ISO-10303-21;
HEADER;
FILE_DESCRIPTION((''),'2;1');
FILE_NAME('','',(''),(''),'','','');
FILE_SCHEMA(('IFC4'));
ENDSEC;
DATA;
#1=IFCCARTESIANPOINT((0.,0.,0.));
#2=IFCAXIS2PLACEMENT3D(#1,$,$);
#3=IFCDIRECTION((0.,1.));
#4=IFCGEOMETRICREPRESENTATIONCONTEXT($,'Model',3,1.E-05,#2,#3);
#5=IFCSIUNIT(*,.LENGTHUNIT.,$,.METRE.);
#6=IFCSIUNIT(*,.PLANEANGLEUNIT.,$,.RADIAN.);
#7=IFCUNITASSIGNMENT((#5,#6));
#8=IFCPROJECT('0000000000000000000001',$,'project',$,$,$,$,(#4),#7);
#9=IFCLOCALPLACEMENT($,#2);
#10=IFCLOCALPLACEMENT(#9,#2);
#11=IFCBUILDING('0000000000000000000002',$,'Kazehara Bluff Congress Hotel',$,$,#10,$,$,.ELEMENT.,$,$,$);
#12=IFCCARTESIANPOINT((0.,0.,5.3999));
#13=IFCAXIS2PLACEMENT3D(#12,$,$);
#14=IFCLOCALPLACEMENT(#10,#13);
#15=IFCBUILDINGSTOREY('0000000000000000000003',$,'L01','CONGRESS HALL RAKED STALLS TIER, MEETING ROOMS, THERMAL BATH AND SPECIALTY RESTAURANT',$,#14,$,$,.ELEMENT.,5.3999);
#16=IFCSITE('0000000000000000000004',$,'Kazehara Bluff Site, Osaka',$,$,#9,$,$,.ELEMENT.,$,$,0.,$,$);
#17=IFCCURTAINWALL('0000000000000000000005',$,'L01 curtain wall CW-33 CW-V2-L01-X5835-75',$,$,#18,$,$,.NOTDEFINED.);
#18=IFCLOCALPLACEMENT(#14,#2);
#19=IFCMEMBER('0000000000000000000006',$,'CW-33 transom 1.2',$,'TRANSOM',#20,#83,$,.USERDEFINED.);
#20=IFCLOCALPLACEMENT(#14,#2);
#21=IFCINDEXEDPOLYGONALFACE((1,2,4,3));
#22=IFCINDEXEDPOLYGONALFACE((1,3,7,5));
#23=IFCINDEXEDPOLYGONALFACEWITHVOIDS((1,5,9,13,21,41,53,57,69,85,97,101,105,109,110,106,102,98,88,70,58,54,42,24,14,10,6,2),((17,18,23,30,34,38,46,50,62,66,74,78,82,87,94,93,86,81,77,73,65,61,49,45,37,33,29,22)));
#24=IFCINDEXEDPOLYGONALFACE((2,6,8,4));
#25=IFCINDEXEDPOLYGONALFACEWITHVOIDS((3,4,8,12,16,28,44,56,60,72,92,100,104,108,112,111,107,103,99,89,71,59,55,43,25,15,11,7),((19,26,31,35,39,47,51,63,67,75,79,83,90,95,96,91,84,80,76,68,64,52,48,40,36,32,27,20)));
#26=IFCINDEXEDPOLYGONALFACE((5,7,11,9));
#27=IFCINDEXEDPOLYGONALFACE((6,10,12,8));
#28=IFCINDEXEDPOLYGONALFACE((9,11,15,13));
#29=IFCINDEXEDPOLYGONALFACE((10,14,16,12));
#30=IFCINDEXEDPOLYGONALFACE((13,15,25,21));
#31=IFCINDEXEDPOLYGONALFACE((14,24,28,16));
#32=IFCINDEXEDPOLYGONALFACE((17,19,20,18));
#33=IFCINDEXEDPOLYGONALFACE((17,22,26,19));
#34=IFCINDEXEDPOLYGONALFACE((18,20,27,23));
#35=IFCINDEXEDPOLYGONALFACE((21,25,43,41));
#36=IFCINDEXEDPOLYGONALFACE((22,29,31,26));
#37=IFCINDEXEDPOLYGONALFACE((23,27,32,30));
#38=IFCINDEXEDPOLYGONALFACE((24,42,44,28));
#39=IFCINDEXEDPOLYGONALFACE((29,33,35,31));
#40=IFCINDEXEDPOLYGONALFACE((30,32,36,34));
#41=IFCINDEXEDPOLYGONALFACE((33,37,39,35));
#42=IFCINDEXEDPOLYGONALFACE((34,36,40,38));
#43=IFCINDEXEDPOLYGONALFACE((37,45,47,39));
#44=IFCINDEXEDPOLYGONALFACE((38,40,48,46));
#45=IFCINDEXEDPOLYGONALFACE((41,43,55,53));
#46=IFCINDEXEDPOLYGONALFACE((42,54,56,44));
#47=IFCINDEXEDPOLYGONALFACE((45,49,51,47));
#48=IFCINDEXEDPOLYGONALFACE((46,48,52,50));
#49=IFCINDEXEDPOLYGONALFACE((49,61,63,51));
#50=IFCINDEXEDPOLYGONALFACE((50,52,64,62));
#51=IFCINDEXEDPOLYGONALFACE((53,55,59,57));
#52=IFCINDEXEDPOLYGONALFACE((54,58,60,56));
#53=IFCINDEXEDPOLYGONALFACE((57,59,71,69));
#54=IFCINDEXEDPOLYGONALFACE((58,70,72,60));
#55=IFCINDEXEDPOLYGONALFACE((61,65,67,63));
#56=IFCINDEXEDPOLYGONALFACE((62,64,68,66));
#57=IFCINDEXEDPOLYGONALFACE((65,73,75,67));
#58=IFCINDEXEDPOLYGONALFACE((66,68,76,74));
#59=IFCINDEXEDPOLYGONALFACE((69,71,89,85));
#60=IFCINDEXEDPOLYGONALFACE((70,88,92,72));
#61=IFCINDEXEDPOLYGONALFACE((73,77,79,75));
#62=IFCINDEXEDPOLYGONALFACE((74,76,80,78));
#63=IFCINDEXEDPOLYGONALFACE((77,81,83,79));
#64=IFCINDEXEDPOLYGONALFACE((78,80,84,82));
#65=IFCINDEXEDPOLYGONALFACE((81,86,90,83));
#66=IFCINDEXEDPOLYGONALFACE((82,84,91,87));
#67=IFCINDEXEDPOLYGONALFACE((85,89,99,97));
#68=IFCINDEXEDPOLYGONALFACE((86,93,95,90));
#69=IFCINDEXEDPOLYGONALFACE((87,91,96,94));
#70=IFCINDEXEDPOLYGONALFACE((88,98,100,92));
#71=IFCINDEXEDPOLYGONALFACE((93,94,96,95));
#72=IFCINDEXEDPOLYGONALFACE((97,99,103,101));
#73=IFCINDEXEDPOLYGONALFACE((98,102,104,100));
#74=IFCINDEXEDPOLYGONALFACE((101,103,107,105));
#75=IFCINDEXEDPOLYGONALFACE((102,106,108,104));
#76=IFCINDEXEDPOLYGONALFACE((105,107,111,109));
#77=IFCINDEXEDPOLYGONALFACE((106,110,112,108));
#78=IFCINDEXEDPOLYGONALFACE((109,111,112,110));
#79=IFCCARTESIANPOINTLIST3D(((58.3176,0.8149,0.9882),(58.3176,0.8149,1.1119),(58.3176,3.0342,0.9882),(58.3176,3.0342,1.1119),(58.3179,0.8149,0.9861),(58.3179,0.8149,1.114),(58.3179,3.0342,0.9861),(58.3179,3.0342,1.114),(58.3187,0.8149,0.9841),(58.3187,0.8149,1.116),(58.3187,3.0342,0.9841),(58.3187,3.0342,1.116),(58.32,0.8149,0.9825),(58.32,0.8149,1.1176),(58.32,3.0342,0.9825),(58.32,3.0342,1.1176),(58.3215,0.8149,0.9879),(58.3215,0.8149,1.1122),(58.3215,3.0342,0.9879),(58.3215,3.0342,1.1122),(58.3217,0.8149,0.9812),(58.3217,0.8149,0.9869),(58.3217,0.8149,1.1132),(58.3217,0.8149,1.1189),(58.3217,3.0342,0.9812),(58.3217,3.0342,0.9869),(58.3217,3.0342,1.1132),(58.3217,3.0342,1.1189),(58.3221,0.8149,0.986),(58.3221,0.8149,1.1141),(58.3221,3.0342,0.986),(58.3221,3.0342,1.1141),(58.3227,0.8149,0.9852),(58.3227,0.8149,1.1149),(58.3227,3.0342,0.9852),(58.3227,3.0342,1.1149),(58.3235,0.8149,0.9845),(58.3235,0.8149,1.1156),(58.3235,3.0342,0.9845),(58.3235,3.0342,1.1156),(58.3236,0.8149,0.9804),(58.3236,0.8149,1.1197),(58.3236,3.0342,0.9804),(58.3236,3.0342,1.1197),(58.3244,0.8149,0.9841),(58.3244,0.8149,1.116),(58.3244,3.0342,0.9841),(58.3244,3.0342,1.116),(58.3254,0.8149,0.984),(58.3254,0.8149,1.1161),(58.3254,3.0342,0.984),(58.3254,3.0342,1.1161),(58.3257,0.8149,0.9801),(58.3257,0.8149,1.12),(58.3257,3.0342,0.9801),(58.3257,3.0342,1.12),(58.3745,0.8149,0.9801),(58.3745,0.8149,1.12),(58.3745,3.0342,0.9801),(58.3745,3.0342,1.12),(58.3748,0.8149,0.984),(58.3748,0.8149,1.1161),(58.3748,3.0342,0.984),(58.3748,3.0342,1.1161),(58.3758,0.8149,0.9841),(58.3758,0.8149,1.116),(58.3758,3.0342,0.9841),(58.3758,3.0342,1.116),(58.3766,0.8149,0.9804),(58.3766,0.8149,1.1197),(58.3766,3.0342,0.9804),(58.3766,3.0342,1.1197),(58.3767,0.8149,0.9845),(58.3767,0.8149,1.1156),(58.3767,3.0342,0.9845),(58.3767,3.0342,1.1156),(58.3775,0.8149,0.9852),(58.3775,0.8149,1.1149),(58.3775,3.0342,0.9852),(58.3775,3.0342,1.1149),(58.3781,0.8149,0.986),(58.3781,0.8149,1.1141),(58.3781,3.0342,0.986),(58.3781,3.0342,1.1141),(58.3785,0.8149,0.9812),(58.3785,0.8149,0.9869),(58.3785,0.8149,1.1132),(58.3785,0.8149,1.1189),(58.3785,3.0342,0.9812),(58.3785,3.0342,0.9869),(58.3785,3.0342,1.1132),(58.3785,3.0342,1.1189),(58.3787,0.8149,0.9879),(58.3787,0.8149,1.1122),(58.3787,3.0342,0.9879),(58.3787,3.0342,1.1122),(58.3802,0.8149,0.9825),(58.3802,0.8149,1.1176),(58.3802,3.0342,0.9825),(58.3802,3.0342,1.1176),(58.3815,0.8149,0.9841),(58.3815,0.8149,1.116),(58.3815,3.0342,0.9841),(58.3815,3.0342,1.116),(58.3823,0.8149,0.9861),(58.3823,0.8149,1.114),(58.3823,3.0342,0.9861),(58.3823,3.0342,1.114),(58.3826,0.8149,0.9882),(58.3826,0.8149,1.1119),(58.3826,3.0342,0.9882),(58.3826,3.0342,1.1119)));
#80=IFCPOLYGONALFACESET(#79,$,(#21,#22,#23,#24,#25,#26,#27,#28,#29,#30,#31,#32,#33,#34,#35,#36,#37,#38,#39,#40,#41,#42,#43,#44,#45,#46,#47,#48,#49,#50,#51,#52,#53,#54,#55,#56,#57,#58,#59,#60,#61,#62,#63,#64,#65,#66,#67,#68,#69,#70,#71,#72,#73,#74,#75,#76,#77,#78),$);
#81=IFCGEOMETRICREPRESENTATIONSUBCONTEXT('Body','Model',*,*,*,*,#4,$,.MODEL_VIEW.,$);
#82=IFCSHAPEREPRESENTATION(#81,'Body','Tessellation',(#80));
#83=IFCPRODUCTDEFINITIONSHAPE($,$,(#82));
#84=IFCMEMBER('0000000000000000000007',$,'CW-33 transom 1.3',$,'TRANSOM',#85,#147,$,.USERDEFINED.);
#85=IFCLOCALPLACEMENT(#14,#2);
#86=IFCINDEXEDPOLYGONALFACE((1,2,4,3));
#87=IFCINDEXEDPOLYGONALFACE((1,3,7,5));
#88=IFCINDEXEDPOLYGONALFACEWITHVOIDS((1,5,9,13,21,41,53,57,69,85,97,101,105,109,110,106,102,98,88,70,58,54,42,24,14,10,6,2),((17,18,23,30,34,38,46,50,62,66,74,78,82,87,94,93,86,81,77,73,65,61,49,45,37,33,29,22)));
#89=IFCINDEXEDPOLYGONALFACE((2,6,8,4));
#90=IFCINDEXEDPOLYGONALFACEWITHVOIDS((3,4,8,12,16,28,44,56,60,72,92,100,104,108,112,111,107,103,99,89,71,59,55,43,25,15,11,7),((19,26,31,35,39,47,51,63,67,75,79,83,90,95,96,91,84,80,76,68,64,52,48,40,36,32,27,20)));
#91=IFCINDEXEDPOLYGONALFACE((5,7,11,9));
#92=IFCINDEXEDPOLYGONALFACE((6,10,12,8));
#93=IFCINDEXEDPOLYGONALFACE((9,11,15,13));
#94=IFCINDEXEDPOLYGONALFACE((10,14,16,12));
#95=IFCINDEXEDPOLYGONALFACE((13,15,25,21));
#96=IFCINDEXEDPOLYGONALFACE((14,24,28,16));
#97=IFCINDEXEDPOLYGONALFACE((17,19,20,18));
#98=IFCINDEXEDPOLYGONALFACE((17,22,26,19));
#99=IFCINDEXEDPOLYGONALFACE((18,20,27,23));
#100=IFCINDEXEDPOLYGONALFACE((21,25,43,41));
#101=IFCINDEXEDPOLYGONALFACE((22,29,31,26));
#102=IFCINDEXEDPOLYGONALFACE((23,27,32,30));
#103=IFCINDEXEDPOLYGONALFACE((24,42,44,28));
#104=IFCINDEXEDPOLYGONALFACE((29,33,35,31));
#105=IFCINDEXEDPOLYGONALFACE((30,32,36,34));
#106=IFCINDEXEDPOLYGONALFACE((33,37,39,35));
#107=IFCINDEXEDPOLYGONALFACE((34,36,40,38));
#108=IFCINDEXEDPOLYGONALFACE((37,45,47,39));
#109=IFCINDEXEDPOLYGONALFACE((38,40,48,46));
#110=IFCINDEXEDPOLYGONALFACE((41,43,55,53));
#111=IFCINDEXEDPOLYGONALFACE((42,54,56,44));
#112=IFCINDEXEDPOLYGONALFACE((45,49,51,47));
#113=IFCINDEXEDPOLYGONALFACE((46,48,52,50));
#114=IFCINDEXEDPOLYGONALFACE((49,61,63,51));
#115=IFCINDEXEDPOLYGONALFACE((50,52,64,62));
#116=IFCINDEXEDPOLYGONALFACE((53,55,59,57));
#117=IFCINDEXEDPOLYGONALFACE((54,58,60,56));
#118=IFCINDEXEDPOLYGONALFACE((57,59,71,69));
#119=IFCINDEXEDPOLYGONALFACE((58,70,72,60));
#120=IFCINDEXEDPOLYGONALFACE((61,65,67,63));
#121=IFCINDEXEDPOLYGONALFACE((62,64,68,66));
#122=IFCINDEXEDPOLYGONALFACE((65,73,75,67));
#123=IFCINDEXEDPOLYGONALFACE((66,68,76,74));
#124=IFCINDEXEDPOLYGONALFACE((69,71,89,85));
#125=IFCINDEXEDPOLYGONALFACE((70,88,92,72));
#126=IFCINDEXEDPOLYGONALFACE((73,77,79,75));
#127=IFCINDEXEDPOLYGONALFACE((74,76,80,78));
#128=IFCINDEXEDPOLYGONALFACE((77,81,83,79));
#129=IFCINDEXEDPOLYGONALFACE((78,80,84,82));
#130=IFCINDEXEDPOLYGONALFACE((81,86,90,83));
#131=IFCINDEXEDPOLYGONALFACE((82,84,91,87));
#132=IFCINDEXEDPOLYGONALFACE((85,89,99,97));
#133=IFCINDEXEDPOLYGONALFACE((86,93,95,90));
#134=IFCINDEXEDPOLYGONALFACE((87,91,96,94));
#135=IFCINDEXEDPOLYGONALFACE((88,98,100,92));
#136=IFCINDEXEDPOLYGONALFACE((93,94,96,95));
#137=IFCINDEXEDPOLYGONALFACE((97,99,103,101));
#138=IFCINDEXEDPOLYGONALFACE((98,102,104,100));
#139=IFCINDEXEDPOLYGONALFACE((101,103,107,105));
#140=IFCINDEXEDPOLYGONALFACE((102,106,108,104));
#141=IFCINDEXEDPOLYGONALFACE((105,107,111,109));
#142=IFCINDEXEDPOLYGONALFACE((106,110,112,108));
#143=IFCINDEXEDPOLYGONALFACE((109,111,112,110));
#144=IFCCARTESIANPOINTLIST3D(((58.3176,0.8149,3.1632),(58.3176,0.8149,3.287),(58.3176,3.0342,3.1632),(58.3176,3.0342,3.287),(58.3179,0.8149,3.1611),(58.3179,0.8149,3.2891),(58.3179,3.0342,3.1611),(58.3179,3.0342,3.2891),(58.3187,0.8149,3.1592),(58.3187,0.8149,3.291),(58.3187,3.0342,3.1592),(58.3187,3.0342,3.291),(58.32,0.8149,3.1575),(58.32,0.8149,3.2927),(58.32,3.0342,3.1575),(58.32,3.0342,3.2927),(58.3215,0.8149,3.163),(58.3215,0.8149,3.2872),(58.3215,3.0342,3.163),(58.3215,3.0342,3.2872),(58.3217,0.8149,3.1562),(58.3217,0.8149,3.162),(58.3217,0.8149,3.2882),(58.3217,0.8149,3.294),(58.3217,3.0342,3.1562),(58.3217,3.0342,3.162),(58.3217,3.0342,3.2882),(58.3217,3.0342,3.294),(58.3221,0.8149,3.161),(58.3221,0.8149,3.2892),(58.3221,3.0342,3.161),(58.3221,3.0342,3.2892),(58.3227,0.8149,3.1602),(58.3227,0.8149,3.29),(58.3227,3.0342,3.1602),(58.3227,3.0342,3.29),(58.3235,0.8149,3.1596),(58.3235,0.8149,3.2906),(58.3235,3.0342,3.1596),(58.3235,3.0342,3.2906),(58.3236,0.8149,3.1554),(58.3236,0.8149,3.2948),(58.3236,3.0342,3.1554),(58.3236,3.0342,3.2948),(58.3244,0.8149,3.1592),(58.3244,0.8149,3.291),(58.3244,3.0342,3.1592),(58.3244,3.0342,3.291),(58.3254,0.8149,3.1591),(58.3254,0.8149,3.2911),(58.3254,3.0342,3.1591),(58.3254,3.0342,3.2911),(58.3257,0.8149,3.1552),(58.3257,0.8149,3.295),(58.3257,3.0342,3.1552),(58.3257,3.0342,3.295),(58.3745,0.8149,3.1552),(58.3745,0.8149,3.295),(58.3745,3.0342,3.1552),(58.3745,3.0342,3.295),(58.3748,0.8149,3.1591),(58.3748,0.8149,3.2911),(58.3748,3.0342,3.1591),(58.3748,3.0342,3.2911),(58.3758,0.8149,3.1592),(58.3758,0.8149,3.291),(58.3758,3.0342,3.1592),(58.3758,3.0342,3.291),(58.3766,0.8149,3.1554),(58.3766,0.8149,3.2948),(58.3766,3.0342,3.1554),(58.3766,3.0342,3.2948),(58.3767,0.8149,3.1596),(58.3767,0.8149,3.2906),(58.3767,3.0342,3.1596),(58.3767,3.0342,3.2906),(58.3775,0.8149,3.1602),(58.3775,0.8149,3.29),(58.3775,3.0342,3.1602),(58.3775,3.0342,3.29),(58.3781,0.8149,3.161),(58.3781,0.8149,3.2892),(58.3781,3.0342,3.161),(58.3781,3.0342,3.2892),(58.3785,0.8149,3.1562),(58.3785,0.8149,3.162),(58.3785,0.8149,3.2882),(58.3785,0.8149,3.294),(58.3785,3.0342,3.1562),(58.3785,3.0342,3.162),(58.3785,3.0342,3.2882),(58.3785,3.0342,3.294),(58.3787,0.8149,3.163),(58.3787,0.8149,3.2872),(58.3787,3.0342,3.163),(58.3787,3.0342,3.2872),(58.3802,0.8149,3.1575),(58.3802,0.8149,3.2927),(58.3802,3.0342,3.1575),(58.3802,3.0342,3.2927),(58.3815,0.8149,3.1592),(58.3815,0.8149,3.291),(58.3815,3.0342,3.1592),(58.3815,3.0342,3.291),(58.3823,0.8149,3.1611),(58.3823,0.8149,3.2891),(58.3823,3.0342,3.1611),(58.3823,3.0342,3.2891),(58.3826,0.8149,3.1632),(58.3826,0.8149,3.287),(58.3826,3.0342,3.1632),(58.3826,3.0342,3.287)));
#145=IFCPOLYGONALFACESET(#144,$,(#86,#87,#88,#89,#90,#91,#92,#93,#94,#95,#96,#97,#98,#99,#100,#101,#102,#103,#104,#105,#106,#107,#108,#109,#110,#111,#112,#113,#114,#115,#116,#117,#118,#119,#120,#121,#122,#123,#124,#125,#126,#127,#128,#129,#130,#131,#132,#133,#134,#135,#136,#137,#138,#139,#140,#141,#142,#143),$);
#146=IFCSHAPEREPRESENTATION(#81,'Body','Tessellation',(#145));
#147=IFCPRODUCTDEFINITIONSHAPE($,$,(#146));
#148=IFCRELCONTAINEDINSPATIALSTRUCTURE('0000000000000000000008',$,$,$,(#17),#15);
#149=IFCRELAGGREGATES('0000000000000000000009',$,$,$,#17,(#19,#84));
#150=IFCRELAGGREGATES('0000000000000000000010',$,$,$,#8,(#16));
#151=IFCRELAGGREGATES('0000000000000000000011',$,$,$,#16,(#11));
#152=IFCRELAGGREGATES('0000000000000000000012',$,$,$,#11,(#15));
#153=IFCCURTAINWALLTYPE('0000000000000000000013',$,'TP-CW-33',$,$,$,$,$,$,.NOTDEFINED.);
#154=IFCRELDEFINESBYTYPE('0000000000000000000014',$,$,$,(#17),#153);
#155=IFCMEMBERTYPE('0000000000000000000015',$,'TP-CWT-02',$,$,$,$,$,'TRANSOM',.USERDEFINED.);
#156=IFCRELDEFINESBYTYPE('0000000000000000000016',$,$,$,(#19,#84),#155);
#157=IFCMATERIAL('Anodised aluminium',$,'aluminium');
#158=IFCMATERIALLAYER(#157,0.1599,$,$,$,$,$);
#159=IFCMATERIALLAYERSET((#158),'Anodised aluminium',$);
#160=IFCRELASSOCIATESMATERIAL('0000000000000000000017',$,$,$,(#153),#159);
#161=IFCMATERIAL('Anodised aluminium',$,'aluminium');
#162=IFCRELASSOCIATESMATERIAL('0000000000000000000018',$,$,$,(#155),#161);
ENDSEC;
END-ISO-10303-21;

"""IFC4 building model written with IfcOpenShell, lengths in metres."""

from ifc_helpers import new_model, si_unit, direction, frame, origin, origin_2d, place, context, subcontext, project, spatial, hollow_rectangle, extrude, material, layer, layer_set, material_profile, profile_set, type_object, element, aggregate, save


model = new_model("IFC4")

# Units and contexts
model_context = context("Model", 3, precision=1e-05, world=origin(), true_north=direction((0.0, 1.0)))
body_context = subcontext(model_context, "Body", "Model", "MODEL_VIEW")
ifc_project = project(units=[si_unit("LENGTHUNIT", "METRE"), si_unit("PLANEANGLEUNIT", "RADIAN")], contexts=[model_context])

# Site, building, storey
site_placement = place(None, origin())
site = spatial("IfcSite", under=ifc_project, at=site_placement, Name="Kazehara Bluff Site, Osaka", CompositionType="ELEMENT", RefElevation=0.0)
building_placement = place(site_placement, origin())
building = spatial("IfcBuilding", under=site, at=building_placement, Name="Kazehara Bluff Congress Hotel", CompositionType="ELEMENT")
storey_placement = place(building_placement, frame((0.0, 0.0, 5.3999)))
storey = spatial("IfcBuildingStorey", under=building, at=storey_placement, Name="L01", Description="CONGRESS HALL RAKED STALLS TIER, MEETING ROOMS, THERMAL BATH AND SPECIALTY RESTAURANT", CompositionType="ELEMENT", Elevation=5.3999)

# Curtain wall
ifc_material_1 = material(Name="Anodised aluminium", Category="aluminium")
ifc_layer_1 = layer(ifc_material_1, 0.1599)
ifc_layer_set_1 = layer_set([ifc_layer_1], Name="Anodised aluminium")
curtain_wall_type_1 = type_object("IfcCurtainWallType", Name="TP-CW-33", PredefinedType="NOTDEFINED", material=ifc_layer_set_1)
curtain_wall_1_placement = place(storey_placement, origin())
curtain_wall_1 = element("IfcCurtainWall", 1, at=curtain_wall_1_placement, inside=storey, type_object=curtain_wall_type_1, Name="L01 curtain wall CW-33 CW-V2-L01-X5835-75", PredefinedType="NOTDEFINED")
ifc_material_2 = material(Name="Anodised aluminium", Category="aluminium")
ifc_material_profile_1 = material_profile(ifc_material_2, hollow_rectangle(XDim=0.0649, YDim=0.1399, WallThickness=0.0039, InnerFilletRadius=0.0039, OuterFilletRadius=0.0081, at=origin_2d()))
ifc_profile_set_1 = profile_set([ifc_material_profile_1], Name="Anodised aluminium")
member_type_1 = type_object("IfcMemberType", Name="TP-CWT-02", ElementType="TRANSOM", PredefinedType="USERDEFINED", material=ifc_profile_set_1)

# Members
member_1_placement = place(storey_placement, frame((58.3501, 0.8149, 1.05), z_axis=(0.0, 1.0, 0.0), x_axis=(-1.0, 0.0, 0.0)))
member_1 = element("IfcMember", 2, at=member_1_placement, type_object=member_type_1, Name="CW-33 transom 1.2", ObjectType="TRANSOM", PredefinedType="USERDEFINED", context=body_context, shape_type="SweptSolid", body=[
    extrude(hollow_rectangle(XDim=0.0649, YDim=0.1399, WallThickness=0.0039, InnerFilletRadius=0.0039, OuterFilletRadius=0.0081, at=origin_2d()), origin(), (0.0, 0.0, 1.0), 2.2192),
])
member_2_placement = place(storey_placement, frame((58.3501, 0.8149, 3.2251), z_axis=(0.0, 1.0, 0.0), x_axis=(-1.0, 0.0, 0.0)))
member_2 = element("IfcMember", 3, at=member_2_placement, type_object=member_type_1, Name="CW-33 transom 1.3", ObjectType="TRANSOM", PredefinedType="USERDEFINED", context=body_context, shape_type="SweptSolid", body=[
    extrude(hollow_rectangle(XDim=0.0649, YDim=0.1399, WallThickness=0.0039, InnerFilletRadius=0.0039, OuterFilletRadius=0.0081, at=origin_2d()), origin(), (0.0, 0.0, 1.0), 2.2192),
])

aggregate(curtain_wall_1, [member_1, member_2])

save(model, "model.ifc")
